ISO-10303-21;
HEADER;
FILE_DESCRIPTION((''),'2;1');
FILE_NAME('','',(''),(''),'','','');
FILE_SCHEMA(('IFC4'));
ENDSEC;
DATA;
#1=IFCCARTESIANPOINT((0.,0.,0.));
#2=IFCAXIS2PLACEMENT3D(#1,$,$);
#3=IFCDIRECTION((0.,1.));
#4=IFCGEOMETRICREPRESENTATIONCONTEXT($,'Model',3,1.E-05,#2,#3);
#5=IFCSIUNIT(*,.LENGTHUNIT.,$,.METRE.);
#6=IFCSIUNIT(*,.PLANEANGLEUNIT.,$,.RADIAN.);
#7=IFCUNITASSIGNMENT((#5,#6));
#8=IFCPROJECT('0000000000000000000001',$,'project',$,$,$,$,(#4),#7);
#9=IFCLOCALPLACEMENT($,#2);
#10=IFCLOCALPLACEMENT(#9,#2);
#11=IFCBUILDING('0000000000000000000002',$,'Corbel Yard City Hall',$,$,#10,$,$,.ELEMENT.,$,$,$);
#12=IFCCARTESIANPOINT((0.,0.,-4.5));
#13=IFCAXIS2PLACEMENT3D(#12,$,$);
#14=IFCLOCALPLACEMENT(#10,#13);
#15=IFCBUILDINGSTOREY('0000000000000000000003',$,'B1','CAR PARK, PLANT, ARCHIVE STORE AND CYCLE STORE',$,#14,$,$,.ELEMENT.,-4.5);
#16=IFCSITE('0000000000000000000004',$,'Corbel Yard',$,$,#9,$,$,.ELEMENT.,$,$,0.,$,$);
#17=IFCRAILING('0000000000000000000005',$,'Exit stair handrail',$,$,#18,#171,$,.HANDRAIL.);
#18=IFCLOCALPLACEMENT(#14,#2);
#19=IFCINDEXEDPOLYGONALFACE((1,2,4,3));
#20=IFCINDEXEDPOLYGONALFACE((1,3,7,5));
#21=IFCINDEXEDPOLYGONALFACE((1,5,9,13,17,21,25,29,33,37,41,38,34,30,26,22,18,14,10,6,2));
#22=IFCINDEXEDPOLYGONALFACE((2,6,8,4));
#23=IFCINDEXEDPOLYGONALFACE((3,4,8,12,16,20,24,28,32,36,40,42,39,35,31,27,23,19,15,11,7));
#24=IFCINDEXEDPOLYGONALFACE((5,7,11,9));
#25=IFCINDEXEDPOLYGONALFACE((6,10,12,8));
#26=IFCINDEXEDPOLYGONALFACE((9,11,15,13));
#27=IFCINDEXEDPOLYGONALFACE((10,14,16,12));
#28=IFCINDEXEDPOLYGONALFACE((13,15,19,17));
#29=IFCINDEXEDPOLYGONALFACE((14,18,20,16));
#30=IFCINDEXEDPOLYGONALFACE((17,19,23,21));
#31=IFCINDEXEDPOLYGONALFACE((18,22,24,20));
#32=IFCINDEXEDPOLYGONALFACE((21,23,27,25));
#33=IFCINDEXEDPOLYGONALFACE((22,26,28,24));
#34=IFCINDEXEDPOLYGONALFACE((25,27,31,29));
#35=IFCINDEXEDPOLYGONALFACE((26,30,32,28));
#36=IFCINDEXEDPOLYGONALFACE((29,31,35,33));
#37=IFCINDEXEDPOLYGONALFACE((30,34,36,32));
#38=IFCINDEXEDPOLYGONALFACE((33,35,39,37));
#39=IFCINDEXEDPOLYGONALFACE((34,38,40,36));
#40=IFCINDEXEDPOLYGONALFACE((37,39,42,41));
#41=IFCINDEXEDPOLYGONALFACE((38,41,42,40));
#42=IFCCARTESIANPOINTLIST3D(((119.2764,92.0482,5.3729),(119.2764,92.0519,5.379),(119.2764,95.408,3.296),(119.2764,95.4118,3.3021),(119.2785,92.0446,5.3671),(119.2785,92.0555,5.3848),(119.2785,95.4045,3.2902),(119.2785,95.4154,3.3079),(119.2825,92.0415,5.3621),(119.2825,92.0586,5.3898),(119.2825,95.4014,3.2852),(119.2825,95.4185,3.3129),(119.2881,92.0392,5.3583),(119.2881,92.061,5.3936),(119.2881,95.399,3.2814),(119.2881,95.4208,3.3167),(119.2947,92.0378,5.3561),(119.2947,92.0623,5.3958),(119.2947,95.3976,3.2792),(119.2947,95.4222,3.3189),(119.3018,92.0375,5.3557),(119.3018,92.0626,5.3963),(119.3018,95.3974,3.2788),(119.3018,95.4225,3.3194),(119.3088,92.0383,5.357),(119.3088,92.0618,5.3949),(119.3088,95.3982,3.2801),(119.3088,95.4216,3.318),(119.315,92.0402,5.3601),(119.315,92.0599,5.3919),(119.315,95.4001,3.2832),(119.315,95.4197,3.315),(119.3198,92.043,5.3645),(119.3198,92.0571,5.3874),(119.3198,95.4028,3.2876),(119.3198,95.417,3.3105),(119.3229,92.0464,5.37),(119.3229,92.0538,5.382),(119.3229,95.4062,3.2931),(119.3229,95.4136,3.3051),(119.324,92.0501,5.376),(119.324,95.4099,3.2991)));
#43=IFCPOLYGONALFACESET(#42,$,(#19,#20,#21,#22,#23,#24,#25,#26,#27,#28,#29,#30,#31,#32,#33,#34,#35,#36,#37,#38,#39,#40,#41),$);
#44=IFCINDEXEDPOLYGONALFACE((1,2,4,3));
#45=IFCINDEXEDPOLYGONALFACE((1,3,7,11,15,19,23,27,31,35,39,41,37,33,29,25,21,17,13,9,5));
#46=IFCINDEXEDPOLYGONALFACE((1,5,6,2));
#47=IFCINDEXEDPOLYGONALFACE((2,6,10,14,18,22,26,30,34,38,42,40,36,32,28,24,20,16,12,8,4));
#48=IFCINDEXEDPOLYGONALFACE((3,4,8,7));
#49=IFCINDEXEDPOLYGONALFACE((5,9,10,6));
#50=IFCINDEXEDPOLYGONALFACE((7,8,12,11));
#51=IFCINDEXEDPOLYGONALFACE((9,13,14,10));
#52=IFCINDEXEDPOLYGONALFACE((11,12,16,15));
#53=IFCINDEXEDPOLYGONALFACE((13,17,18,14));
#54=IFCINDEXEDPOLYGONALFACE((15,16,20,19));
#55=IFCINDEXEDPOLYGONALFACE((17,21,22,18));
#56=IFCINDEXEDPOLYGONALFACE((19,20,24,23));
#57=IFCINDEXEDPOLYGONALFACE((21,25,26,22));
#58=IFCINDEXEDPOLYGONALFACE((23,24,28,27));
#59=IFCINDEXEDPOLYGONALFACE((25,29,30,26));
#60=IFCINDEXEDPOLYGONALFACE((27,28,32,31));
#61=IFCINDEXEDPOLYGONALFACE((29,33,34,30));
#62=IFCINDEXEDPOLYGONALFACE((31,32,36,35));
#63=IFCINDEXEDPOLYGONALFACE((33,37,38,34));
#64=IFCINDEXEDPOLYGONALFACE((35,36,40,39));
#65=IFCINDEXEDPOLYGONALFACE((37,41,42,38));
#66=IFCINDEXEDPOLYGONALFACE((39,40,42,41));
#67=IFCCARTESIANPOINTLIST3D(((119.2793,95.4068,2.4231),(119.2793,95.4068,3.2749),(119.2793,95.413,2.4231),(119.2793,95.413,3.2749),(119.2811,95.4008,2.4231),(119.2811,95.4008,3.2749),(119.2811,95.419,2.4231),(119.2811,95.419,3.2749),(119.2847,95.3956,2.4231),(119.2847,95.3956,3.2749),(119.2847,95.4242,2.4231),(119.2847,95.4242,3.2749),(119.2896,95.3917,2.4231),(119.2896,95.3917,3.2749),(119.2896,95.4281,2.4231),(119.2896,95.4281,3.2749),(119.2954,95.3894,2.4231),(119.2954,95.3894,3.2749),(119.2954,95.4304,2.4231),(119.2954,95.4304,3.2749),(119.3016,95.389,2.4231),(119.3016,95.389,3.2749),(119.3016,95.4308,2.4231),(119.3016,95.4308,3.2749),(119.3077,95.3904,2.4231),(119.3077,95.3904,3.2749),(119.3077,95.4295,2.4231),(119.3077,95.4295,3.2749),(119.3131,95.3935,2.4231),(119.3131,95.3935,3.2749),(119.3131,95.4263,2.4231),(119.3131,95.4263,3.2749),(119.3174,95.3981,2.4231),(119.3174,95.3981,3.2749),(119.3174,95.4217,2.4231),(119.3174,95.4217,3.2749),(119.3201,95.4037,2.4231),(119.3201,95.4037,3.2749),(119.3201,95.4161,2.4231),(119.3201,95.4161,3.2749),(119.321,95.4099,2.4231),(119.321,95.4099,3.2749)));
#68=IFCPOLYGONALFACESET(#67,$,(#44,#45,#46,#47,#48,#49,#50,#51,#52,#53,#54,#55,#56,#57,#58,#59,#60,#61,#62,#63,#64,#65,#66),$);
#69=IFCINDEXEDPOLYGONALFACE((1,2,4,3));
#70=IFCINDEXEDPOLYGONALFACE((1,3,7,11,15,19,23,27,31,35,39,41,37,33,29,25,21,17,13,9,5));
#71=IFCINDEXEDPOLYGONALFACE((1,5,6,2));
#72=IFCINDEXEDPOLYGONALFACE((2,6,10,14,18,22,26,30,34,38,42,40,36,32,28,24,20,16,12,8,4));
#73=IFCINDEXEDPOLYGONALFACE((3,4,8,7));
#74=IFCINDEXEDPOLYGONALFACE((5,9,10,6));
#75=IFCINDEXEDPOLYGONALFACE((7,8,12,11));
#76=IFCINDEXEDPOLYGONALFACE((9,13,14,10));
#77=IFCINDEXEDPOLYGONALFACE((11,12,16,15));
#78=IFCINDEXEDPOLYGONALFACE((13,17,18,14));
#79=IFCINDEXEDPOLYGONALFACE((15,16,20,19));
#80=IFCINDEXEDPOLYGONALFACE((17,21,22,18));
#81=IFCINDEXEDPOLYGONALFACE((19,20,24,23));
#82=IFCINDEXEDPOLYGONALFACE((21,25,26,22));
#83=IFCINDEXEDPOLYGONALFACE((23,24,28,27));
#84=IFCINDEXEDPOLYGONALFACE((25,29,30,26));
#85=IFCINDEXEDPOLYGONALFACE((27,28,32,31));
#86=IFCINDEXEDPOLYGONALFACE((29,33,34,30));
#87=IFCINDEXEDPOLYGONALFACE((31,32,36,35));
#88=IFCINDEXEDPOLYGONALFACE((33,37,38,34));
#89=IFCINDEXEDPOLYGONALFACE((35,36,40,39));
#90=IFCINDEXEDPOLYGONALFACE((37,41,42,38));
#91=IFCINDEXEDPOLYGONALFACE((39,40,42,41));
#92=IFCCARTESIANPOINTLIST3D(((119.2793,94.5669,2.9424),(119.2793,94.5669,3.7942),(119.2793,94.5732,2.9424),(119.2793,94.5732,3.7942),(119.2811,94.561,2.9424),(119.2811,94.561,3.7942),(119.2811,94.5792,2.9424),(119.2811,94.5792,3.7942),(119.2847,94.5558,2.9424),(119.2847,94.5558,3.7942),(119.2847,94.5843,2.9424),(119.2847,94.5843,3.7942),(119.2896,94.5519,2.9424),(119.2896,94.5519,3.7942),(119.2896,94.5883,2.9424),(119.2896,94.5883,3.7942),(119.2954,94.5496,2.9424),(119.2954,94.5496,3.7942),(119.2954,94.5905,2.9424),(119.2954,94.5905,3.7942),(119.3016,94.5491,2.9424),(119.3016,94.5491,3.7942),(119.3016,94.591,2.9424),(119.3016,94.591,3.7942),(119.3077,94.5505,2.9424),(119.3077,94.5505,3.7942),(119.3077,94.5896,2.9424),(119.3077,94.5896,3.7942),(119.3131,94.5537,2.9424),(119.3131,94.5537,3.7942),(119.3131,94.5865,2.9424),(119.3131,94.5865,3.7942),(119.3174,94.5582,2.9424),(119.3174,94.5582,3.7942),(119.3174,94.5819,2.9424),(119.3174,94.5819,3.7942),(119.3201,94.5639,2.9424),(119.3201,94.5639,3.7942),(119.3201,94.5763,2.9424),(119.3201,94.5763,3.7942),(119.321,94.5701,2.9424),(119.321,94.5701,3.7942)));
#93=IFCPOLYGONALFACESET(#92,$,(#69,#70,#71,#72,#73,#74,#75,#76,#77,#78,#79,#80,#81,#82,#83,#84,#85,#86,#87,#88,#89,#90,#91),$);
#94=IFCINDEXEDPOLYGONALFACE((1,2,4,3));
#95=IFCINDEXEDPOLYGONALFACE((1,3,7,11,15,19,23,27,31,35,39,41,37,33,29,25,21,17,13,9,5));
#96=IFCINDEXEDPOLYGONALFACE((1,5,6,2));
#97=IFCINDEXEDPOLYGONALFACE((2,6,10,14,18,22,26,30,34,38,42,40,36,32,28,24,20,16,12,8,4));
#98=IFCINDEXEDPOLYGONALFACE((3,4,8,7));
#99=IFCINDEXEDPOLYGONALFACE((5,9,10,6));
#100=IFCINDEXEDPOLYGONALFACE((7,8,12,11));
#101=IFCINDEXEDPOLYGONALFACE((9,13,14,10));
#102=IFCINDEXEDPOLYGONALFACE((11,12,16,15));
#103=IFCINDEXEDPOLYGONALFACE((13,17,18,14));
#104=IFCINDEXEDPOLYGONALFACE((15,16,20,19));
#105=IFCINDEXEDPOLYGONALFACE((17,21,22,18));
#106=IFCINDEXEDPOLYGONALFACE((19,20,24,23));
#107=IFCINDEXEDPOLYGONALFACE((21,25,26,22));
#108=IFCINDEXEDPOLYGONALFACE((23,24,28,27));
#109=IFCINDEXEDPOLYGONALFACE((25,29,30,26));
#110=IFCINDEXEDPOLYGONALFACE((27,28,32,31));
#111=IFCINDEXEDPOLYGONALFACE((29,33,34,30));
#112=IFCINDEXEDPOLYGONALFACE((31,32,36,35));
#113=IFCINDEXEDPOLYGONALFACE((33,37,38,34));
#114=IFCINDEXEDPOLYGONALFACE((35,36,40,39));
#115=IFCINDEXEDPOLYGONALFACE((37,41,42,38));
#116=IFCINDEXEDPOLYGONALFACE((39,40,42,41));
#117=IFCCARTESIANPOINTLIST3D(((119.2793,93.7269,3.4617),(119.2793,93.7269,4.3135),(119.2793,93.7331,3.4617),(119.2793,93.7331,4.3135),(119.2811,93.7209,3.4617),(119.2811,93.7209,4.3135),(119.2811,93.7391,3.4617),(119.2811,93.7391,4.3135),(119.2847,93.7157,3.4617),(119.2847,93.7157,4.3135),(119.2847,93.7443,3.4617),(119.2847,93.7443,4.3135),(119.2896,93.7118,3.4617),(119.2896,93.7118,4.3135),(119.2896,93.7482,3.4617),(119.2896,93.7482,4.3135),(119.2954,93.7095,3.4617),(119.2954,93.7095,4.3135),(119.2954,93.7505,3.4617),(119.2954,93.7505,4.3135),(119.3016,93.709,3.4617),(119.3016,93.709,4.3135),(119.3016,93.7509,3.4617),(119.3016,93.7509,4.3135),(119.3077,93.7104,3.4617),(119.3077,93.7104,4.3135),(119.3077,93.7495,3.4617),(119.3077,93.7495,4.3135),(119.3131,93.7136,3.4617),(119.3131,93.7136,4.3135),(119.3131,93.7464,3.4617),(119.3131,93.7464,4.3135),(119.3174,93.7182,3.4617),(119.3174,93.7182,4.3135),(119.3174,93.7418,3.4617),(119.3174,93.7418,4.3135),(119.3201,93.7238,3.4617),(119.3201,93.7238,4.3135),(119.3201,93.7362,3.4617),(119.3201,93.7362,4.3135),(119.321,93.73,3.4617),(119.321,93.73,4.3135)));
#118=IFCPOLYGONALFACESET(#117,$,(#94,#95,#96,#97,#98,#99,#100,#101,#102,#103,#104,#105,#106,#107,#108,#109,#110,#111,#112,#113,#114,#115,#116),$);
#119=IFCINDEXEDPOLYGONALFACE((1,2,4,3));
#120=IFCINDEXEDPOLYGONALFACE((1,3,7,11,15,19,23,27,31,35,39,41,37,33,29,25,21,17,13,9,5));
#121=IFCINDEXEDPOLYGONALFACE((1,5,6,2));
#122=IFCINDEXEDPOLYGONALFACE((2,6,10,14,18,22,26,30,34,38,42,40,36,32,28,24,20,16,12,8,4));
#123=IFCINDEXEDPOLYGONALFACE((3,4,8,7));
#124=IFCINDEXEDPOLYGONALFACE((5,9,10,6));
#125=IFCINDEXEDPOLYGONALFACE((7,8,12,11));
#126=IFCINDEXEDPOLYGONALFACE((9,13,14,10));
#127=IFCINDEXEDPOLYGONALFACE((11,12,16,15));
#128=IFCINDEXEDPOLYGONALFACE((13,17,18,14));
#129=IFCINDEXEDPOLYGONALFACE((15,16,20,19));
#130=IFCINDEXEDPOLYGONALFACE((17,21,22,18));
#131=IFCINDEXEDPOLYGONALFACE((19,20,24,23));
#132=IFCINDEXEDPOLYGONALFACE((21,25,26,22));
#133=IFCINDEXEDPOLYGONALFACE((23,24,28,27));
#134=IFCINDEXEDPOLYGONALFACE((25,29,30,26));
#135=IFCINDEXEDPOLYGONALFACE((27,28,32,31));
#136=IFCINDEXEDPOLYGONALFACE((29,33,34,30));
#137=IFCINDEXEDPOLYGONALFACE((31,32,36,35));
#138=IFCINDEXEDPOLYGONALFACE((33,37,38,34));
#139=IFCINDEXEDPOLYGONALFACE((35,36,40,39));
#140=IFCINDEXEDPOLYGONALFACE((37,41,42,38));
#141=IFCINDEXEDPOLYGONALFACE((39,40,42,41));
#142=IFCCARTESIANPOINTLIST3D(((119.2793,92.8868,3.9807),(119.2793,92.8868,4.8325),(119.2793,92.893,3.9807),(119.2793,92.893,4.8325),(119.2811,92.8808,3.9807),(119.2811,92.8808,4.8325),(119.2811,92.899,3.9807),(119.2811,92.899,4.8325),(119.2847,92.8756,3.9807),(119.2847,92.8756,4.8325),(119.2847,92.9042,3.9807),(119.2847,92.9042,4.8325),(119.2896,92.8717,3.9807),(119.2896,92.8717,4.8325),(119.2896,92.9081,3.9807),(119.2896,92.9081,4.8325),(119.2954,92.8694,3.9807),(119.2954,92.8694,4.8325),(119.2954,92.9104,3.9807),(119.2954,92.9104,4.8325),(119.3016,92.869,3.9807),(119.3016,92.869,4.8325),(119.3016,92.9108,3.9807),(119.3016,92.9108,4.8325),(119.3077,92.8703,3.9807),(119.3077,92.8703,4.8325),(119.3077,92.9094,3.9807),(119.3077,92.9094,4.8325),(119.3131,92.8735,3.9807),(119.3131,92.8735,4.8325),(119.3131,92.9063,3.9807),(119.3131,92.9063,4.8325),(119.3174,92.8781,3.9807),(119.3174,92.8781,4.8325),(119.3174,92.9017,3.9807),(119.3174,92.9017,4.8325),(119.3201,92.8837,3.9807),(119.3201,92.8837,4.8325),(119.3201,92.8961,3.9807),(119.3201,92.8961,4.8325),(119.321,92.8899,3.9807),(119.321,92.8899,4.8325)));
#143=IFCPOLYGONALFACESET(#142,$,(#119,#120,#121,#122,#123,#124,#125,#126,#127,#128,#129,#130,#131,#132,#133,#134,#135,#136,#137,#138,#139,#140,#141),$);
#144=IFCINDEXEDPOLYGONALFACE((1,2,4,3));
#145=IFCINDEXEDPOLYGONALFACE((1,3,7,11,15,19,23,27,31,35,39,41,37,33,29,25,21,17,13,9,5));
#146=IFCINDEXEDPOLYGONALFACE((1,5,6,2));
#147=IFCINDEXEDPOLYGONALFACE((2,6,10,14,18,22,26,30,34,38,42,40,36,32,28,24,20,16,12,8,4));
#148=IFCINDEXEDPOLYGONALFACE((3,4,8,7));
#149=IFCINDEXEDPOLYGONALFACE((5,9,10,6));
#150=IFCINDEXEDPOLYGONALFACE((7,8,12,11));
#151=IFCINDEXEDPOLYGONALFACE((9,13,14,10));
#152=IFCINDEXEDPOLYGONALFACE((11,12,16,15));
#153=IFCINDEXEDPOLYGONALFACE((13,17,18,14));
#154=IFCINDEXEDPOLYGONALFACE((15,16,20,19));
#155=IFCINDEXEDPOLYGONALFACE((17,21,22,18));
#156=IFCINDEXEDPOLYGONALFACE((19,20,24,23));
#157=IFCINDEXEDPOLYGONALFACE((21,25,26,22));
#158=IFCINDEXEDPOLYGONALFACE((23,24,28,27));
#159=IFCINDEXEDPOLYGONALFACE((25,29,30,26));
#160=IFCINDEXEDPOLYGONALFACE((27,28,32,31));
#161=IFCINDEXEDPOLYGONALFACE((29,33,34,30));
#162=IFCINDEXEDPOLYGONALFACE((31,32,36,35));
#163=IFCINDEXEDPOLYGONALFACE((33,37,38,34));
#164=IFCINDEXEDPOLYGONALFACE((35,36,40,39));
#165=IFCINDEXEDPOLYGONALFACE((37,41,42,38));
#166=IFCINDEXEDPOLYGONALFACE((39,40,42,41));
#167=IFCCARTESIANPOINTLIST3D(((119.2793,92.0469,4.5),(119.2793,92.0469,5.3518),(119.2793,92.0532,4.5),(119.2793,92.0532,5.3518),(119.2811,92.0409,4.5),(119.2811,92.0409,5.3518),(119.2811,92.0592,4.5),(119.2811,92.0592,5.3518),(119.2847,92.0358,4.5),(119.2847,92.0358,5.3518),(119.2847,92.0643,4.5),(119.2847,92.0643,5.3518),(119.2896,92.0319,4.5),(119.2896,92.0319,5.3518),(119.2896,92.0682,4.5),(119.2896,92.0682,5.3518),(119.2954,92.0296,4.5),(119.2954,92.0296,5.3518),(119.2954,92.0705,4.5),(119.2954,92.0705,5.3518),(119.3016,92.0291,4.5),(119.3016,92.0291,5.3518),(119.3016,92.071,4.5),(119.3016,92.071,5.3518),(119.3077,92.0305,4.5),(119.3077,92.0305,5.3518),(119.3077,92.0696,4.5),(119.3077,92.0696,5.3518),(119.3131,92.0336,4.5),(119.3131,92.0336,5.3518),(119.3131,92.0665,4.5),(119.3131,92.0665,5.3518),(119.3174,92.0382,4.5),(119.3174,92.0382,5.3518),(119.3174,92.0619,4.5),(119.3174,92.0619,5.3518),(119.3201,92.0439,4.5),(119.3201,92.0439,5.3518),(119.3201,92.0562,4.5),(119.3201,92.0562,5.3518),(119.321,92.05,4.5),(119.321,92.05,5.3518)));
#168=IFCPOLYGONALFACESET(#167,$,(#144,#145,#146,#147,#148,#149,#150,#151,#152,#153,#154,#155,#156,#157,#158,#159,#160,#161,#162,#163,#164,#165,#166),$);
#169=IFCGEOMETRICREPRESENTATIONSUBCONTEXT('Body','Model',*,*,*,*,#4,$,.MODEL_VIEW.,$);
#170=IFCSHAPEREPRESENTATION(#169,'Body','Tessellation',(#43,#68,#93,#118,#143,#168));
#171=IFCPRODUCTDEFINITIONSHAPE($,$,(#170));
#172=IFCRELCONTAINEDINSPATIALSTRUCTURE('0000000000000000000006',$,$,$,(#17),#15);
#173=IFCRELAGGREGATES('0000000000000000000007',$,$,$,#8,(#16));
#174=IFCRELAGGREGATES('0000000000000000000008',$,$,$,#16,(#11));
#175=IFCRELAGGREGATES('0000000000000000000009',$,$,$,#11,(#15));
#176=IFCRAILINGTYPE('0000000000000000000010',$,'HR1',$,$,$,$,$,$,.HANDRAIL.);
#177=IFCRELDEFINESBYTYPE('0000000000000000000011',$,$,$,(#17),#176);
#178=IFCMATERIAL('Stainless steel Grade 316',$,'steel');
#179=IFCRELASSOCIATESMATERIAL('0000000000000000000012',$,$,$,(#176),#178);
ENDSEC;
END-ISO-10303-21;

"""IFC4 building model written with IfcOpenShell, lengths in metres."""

from ifc_helpers import new_model, si_unit, direction, frame, origin, origin_2d, place, context, subcontext, project, spatial, circle, extrude, material, type_object, element, save


model = new_model("IFC4")

# Units and contexts
model_context = context("Model", 3, precision=1e-05, world=origin(), true_north=direction((0.0, 1.0)))
body_context = subcontext(model_context, "Body", "Model", "MODEL_VIEW")
ifc_project = project(units=[si_unit("LENGTHUNIT", "METRE"), si_unit("PLANEANGLEUNIT", "RADIAN")], contexts=[model_context])

# Site, building, storey
site_placement = place(None, origin())
site = spatial("IfcSite", under=ifc_project, at=site_placement, Name="Corbel Yard", CompositionType="ELEMENT", RefElevation=0.0)
building_placement = place(site_placement, origin())
building = spatial("IfcBuilding", under=site, at=building_placement, Name="Corbel Yard City Hall", CompositionType="ELEMENT")
storey_placement = place(building_placement, frame((0.0, 0.0, -4.5)))
storey = spatial("IfcBuildingStorey", under=building, at=storey_placement, Name="B1", Description="CAR PARK, PLANT, ARCHIVE STORE AND CYCLE STORE", CompositionType="ELEMENT", Elevation=-4.5)

# Shared definitions
ifc_material_1 = material(Name="Stainless steel Grade 316", Category="steel")

# Railing
railing_type = type_object("IfcRailingType", Name="HR1", PredefinedType="HANDRAIL", material=ifc_material_1)
for number, where, name in (
    (1, (119.3, 95.4099, 2.4231), "Exit stair handrail"),
):
    element("IfcRailing", number, at=place(storey_placement, frame(where)), inside=storey, type_object=railing_type, Name=name, PredefinedType="HANDRAIL", context=body_context, shape_type="SweptSolid", body=[
        extrude(circle(Radius=0.0239, at=origin_2d()), frame((0.0, 0.0, 0.876), z_axis=(0.0, -0.850606, 0.525803), x_axis=(1.0, 0.0, 0.0)), (0.0, 0.0, 1.0), 3.95),
        extrude(circle(Radius=0.021, at=origin_2d()), origin(), (0.0, 0.0, 1.0), 0.8518),
        extrude(circle(Radius=0.021, at=origin_2d()), frame((0.0, -0.8398, 0.5193)), (0.0, 0.0, 1.0), 0.8518),
        extrude(circle(Radius=0.021, at=origin_2d()), frame((0.0, -1.6799, 1.0386)), (0.0, 0.0, 1.0), 0.8518),
        extrude(circle(Radius=0.021, at=origin_2d()), frame((0.0, -2.52, 1.5576)), (0.0, 0.0, 1.0), 0.8518),
        extrude(circle(Radius=0.021, at=origin_2d()), frame((0.0, -3.3599, 2.0769)), (0.0, 0.0, 1.0), 0.8518),
    ])

save(model, "model.ifc")
